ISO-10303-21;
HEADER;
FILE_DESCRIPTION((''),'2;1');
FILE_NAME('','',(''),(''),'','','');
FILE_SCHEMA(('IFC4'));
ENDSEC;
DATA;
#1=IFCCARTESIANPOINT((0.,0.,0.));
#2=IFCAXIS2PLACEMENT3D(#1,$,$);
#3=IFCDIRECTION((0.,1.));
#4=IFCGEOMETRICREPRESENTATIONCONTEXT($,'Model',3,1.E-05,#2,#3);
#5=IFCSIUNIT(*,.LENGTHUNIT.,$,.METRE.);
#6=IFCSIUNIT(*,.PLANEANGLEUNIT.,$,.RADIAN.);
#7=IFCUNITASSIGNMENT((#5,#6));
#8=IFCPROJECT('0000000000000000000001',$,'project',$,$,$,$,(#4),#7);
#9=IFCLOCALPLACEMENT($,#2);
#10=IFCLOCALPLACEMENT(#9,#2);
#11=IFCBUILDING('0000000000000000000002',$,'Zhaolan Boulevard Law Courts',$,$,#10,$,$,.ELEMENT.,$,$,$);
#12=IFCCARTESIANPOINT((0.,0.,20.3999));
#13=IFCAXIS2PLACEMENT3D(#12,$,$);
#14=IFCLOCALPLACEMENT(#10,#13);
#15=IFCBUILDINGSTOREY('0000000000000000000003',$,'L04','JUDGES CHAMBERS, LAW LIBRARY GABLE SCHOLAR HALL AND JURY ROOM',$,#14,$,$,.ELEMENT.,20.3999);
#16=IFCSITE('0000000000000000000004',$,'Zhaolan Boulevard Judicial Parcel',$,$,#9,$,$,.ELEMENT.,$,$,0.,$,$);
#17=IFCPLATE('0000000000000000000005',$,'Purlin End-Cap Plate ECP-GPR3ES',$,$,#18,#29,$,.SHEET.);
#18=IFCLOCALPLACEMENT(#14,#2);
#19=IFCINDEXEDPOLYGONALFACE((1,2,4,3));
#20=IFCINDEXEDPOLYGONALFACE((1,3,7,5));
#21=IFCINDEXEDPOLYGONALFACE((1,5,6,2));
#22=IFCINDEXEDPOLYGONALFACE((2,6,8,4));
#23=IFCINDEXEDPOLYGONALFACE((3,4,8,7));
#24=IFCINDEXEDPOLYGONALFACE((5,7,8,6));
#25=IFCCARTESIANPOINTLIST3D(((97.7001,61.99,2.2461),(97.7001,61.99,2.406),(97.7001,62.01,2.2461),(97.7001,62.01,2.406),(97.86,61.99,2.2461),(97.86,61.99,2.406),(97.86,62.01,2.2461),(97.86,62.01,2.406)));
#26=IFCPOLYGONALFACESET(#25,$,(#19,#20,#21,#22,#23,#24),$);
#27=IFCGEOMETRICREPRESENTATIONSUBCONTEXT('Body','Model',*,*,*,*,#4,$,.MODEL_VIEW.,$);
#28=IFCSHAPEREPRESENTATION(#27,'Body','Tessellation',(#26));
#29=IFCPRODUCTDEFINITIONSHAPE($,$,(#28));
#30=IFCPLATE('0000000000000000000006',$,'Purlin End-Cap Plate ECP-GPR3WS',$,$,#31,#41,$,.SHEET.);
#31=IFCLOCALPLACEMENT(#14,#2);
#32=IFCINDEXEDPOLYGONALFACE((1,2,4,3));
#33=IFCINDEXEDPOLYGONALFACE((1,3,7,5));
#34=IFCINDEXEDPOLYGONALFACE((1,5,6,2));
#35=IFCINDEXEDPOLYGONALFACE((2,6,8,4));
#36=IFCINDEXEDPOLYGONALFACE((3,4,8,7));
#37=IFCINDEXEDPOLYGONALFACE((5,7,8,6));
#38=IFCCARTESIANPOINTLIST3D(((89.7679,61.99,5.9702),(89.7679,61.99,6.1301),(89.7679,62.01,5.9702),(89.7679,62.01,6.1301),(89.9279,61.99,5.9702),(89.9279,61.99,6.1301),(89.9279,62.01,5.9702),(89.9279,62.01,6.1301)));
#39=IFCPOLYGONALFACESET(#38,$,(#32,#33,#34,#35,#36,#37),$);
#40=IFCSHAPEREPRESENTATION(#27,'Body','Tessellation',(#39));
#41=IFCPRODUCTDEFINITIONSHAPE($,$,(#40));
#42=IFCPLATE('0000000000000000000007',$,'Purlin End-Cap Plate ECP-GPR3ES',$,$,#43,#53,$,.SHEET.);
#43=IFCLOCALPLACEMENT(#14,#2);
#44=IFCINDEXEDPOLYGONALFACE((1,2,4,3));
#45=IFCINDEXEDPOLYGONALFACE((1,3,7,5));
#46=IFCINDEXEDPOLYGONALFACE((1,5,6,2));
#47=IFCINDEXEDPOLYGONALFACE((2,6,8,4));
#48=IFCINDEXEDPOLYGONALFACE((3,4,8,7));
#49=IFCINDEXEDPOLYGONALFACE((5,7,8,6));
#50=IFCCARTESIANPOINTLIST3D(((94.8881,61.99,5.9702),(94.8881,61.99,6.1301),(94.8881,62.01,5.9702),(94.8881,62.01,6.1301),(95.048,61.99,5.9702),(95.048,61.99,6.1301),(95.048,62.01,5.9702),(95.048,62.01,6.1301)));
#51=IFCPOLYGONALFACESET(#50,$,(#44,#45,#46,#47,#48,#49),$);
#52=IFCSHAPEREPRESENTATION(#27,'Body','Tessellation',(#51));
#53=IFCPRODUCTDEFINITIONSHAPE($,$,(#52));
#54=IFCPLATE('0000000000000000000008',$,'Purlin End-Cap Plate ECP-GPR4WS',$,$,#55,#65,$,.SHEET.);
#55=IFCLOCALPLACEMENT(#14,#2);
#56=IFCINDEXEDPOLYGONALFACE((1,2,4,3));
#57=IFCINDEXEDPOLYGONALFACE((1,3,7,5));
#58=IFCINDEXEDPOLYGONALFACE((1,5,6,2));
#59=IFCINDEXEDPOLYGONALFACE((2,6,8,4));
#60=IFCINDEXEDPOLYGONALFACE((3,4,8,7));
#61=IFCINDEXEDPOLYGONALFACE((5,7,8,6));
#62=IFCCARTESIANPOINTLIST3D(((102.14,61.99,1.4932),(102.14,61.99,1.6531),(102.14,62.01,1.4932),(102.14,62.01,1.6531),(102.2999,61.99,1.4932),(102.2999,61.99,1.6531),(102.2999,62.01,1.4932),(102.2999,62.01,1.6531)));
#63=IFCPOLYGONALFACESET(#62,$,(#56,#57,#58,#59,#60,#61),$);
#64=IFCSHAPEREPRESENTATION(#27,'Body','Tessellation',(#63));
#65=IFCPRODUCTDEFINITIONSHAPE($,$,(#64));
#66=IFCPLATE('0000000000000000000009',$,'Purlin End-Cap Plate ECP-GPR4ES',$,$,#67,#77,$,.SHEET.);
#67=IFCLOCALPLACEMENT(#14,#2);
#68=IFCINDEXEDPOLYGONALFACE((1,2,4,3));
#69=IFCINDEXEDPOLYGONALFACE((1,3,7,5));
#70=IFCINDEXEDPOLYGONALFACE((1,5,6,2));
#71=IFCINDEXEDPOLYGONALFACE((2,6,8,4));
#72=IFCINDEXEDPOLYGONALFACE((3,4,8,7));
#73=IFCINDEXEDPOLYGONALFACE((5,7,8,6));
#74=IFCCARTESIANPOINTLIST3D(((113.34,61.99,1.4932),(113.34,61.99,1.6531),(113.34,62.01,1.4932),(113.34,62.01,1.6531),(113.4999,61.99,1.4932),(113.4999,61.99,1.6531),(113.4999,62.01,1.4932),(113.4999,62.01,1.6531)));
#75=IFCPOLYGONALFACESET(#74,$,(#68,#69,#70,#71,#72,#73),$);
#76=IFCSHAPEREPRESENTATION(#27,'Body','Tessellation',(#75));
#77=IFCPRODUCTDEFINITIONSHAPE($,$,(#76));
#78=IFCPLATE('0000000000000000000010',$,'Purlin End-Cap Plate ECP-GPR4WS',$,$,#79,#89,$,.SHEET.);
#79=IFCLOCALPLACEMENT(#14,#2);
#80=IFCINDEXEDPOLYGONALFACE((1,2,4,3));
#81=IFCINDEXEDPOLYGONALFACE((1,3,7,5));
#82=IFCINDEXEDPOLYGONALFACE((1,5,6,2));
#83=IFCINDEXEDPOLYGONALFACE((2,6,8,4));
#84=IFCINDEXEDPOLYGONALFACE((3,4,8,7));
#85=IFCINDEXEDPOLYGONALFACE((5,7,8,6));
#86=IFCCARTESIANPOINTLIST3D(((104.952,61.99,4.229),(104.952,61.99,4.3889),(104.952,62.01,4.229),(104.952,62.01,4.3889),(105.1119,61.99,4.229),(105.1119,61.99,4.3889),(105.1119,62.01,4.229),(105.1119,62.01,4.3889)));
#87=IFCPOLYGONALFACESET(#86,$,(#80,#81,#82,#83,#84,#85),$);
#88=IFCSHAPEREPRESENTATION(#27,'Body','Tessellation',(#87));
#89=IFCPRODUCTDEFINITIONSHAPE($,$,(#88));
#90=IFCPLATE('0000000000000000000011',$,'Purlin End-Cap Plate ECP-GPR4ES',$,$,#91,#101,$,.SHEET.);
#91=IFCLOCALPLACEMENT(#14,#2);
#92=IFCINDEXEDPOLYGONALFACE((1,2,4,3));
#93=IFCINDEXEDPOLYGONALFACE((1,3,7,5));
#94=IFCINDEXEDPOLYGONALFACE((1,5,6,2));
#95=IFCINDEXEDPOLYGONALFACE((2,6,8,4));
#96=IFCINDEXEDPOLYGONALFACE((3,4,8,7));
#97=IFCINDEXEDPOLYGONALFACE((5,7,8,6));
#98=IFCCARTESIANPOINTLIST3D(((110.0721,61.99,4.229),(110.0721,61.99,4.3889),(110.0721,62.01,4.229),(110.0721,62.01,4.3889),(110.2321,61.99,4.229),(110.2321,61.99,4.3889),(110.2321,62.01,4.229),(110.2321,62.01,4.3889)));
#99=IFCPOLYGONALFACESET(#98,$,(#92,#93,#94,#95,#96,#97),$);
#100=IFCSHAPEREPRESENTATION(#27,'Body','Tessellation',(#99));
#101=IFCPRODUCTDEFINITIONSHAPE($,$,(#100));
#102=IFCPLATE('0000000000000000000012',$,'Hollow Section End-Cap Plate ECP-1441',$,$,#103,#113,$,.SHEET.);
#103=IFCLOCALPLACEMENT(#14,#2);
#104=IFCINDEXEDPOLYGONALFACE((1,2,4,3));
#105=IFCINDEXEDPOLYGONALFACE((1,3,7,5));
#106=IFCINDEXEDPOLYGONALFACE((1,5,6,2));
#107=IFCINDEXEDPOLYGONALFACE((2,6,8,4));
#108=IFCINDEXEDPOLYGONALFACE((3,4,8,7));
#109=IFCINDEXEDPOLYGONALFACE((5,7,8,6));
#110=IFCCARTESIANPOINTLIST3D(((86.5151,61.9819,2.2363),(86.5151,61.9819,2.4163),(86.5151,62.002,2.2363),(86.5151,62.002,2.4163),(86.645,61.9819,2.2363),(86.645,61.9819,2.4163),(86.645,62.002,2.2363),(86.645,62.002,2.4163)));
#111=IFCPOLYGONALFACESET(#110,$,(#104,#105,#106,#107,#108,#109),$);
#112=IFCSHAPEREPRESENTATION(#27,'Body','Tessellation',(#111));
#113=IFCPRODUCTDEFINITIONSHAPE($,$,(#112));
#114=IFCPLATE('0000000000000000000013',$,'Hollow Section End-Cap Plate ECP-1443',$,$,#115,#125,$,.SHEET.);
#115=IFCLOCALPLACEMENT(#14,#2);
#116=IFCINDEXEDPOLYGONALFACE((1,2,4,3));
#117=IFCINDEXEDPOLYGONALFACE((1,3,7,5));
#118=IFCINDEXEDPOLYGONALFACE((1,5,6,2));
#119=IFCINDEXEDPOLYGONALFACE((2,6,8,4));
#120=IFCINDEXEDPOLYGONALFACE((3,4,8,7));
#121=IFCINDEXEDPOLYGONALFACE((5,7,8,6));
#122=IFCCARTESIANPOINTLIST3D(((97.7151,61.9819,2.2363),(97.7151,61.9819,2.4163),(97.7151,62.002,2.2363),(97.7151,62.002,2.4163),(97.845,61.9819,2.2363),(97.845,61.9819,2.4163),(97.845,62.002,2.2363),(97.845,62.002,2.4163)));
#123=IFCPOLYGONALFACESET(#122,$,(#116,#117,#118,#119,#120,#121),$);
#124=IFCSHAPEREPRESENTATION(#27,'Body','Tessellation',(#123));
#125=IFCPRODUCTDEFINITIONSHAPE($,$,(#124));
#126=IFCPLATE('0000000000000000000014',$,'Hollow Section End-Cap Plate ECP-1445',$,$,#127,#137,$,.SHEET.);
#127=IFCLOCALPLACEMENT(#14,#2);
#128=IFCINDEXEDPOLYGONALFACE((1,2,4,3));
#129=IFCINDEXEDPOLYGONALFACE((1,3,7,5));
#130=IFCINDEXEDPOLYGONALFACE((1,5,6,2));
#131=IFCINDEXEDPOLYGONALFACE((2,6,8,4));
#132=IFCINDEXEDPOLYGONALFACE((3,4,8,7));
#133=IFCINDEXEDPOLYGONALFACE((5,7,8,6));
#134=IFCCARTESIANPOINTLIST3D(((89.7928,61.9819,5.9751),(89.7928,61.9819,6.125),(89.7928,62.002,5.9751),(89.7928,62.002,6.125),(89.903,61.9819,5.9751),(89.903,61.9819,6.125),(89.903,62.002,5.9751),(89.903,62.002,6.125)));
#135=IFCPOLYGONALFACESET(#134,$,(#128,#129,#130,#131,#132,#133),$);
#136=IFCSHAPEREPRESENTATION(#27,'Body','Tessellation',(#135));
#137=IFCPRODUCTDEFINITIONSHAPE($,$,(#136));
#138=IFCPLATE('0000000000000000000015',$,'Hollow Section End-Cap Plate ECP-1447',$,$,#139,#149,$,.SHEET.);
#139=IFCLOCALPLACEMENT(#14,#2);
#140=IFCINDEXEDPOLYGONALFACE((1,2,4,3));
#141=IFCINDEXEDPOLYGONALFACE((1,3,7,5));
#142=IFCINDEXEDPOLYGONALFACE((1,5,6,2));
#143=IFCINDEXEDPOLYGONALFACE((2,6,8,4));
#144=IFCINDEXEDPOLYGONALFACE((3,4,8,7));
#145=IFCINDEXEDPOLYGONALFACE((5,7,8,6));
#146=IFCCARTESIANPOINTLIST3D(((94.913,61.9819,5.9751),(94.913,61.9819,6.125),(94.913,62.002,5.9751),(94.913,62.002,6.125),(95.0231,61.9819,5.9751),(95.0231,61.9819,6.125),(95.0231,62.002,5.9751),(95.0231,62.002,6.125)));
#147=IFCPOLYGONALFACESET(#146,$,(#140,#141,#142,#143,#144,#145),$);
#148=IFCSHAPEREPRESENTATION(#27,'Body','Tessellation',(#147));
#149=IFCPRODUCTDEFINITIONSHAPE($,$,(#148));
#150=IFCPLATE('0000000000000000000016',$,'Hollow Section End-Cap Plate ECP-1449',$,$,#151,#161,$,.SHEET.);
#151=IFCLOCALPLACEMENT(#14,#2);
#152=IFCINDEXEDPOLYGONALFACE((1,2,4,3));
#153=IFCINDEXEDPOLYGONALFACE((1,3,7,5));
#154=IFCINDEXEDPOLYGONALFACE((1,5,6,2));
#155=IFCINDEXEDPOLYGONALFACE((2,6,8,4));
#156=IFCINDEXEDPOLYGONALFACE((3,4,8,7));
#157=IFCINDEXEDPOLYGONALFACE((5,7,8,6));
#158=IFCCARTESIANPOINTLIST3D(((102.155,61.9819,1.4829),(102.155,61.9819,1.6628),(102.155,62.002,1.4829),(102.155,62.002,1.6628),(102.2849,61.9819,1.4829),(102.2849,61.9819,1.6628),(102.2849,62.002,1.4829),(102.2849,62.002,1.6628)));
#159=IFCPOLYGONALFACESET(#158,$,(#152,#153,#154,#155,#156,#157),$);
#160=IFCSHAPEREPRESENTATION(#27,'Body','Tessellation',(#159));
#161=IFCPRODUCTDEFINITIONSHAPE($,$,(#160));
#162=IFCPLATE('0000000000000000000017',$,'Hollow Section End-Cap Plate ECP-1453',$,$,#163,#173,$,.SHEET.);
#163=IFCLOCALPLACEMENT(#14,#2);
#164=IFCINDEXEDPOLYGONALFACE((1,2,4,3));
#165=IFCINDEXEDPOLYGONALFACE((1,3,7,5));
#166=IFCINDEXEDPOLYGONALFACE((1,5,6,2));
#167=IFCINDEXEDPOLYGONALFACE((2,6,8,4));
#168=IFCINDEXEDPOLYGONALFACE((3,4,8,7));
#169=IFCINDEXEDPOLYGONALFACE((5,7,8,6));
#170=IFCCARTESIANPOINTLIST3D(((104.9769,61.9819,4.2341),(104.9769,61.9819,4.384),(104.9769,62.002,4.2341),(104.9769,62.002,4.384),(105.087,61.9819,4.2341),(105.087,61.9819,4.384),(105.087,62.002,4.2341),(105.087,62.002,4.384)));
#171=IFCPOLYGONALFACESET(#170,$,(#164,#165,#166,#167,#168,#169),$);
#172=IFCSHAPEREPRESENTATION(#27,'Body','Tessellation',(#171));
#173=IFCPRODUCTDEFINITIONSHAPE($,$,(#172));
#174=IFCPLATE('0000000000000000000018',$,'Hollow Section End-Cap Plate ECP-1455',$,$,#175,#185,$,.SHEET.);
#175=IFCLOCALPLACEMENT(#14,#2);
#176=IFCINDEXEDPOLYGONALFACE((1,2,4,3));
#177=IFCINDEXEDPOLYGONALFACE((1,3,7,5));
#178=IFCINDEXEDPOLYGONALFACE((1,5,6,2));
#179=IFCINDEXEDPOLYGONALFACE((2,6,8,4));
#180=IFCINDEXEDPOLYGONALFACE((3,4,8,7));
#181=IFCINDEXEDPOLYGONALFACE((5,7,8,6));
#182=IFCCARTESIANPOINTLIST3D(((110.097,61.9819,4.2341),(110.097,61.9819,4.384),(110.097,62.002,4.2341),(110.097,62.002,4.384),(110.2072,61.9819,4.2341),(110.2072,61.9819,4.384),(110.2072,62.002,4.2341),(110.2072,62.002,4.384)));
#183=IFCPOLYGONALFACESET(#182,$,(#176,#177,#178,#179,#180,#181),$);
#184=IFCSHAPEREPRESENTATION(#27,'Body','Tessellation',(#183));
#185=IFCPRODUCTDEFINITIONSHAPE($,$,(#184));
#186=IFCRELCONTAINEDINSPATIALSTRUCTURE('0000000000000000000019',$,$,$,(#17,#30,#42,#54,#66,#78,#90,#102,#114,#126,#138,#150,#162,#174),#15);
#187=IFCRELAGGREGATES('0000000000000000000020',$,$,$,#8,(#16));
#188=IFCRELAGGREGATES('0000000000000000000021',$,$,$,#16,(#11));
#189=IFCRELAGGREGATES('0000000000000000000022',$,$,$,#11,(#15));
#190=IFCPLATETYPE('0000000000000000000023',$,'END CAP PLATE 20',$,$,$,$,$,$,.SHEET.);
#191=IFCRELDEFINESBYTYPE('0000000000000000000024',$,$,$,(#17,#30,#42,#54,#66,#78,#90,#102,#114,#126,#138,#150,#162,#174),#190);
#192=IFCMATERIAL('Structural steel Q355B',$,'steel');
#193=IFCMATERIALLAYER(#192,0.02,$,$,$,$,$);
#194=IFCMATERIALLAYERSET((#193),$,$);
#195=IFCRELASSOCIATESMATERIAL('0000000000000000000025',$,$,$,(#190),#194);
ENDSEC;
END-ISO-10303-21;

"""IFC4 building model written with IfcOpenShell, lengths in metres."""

from ifc_helpers import new_model, si_unit, direction, frame, origin, origin_2d, place, context, subcontext, project, spatial, rectangle, extrude, material, layer, layer_set, type_object, element, save


model = new_model("IFC4")

# Units and contexts
model_context = context("Model", 3, precision=1e-05, world=origin(), true_north=direction((0.0, 1.0)))
body_context = subcontext(model_context, "Body", "Model", "MODEL_VIEW")
ifc_project = project(units=[si_unit("LENGTHUNIT", "METRE"), si_unit("PLANEANGLEUNIT", "RADIAN")], contexts=[model_context])

# Site, building, storey
site_placement = place(None, origin())
site = spatial("IfcSite", under=ifc_project, at=site_placement, Name="Zhaolan Boulevard Judicial Parcel", CompositionType="ELEMENT", RefElevation=0.0)
building_placement = place(site_placement, origin())
building = spatial("IfcBuilding", under=site, at=building_placement, Name="Zhaolan Boulevard Law Courts", CompositionType="ELEMENT")
storey_placement = place(building_placement, frame((0.0, 0.0, 20.3999)))
storey = spatial("IfcBuildingStorey", under=building, at=storey_placement, Name="L04", Description="JUDGES CHAMBERS, LAW LIBRARY GABLE SCHOLAR HALL AND JURY ROOM", CompositionType="ELEMENT", Elevation=20.3999)

# Plates
ifc_material_1 = material(Name="Structural steel Q355B", Category="steel")
ifc_layer_1 = layer(ifc_material_1, 0.02)
ifc_layer_set_1 = layer_set([ifc_layer_1])
plate_type = type_object("IfcPlateType", Name="END CAP PLATE 20", PredefinedType="SHEET", material=ifc_layer_set_1)
for number, where, z_axis, x_axis, name in (
    (1, (97.78, 62.0, 2.2461), (0.0, 0.0, 1.0), (1.0, 0.0, 0.0), "Purlin End-Cap Plate ECP-GPR3ES"),
    (2, (89.8479, 62.0, 5.9702), (0.0, 0.0, 1.0), (1.0, 0.0, 0.0), "Purlin End-Cap Plate ECP-GPR3WS"),
    (3, (94.968, 62.0, 5.9702), (0.0, 0.0, 1.0), (1.0, 0.0, 0.0), "Purlin End-Cap Plate ECP-GPR3ES"),
    (4, (102.22, 62.0, 1.4932), (0.0, 0.0, 1.0), (1.0, 0.0, 0.0), "Purlin End-Cap Plate ECP-GPR4WS"),
    (5, (113.4199, 62.0, 1.4932), (0.0, 0.0, 1.0), (1.0, 0.0, 0.0), "Purlin End-Cap Plate ECP-GPR4ES"),
    (6, (105.032, 62.0, 4.229), (0.0, 0.0, 1.0), (1.0, 0.0, 0.0), "Purlin End-Cap Plate ECP-GPR4WS"),
    (7, (110.1521, 62.0, 4.229), (0.0, 0.0, 1.0), (1.0, 0.0, 0.0), "Purlin End-Cap Plate ECP-GPR4ES"),
):
    element("IfcPlate", number, at=place(storey_placement, frame(where, z_axis=z_axis, x_axis=x_axis)), inside=storey, type_object=plate_type, Name=name, PredefinedType="SHEET", context=body_context, shape_type="SweptSolid", body=[
        extrude(rectangle(XDim=0.1599, YDim=0.02, at=origin_2d()), origin(), (0.0, 0.0, 1.0), 0.1599),
    ])
for number, where, z_axis, x_axis, name in (
    (8, (86.5801, 61.9919, 2.2363), (0.0, 0.0, 1.0), (0.0, 1.0, 0.0), "Hollow Section End-Cap Plate ECP-1441"),
    (9, (97.78, 61.9919, 2.2363), (0.0, 0.0, 1.0), (0.0, 1.0, 0.0), "Hollow Section End-Cap Plate ECP-1443"),
):
    element("IfcPlate", number, at=place(storey_placement, frame(where, z_axis=z_axis, x_axis=x_axis)), inside=storey, type_object=plate_type, Name=name, PredefinedType="SHEET", context=body_context, shape_type="SweptSolid", body=[
        extrude(rectangle(XDim=0.02, YDim=0.1299, at=origin_2d()), origin(), (0.0, 0.0, 1.0), 0.1799),
    ])
for number, where, z_axis, x_axis, name in (
    (10, (89.8479, 61.9919, 5.9751), (0.0, 0.0, 1.0), (0.0, 1.0, 0.0), "Hollow Section End-Cap Plate ECP-1445"),
    (11, (94.968, 61.9919, 5.9751), (0.0, 0.0, 1.0), (0.0, 1.0, 0.0), "Hollow Section End-Cap Plate ECP-1447"),
):
    element("IfcPlate", number, at=place(storey_placement, frame(where, z_axis=z_axis, x_axis=x_axis)), inside=storey, type_object=plate_type, Name=name, PredefinedType="SHEET", context=body_context, shape_type="SweptSolid", body=[
        extrude(rectangle(XDim=0.02, YDim=0.1101, at=origin_2d()), origin(), (0.0, 0.0, 1.0), 0.1499),
    ])
plate_placement = place(storey_placement, frame((102.22, 61.9919, 1.4829), z_axis=(0.0, 0.0, 1.0), x_axis=(0.0, 1.0, 0.0)))
element("IfcPlate", 12, at=plate_placement, inside=storey, type_object=plate_type, Name="Hollow Section End-Cap Plate ECP-1449", PredefinedType="SHEET", context=body_context, shape_type="SweptSolid", body=[
    extrude(rectangle(XDim=0.02, YDim=0.1299, at=origin_2d()), origin(), (0.0, 0.0, 1.0), 0.1799),
])
for number, where, z_axis, x_axis, name in (
    (13, (105.032, 61.9919, 4.2341), (0.0, 0.0, 1.0), (0.0, 1.0, 0.0), "Hollow Section End-Cap Plate ECP-1453"),
    (14, (110.1521, 61.9919, 4.2341), (0.0, 0.0, 1.0), (0.0, 1.0, 0.0), "Hollow Section End-Cap Plate ECP-1455"),
):
    element("IfcPlate", number, at=place(storey_placement, frame(where, z_axis=z_axis, x_axis=x_axis)), inside=storey, type_object=plate_type, Name=name, PredefinedType="SHEET", context=body_context, shape_type="SweptSolid", body=[
        extrude(rectangle(XDim=0.02, YDim=0.1101, at=origin_2d()), origin(), (0.0, 0.0, 1.0), 0.1499),
    ])

save(model, "model.ifc")
